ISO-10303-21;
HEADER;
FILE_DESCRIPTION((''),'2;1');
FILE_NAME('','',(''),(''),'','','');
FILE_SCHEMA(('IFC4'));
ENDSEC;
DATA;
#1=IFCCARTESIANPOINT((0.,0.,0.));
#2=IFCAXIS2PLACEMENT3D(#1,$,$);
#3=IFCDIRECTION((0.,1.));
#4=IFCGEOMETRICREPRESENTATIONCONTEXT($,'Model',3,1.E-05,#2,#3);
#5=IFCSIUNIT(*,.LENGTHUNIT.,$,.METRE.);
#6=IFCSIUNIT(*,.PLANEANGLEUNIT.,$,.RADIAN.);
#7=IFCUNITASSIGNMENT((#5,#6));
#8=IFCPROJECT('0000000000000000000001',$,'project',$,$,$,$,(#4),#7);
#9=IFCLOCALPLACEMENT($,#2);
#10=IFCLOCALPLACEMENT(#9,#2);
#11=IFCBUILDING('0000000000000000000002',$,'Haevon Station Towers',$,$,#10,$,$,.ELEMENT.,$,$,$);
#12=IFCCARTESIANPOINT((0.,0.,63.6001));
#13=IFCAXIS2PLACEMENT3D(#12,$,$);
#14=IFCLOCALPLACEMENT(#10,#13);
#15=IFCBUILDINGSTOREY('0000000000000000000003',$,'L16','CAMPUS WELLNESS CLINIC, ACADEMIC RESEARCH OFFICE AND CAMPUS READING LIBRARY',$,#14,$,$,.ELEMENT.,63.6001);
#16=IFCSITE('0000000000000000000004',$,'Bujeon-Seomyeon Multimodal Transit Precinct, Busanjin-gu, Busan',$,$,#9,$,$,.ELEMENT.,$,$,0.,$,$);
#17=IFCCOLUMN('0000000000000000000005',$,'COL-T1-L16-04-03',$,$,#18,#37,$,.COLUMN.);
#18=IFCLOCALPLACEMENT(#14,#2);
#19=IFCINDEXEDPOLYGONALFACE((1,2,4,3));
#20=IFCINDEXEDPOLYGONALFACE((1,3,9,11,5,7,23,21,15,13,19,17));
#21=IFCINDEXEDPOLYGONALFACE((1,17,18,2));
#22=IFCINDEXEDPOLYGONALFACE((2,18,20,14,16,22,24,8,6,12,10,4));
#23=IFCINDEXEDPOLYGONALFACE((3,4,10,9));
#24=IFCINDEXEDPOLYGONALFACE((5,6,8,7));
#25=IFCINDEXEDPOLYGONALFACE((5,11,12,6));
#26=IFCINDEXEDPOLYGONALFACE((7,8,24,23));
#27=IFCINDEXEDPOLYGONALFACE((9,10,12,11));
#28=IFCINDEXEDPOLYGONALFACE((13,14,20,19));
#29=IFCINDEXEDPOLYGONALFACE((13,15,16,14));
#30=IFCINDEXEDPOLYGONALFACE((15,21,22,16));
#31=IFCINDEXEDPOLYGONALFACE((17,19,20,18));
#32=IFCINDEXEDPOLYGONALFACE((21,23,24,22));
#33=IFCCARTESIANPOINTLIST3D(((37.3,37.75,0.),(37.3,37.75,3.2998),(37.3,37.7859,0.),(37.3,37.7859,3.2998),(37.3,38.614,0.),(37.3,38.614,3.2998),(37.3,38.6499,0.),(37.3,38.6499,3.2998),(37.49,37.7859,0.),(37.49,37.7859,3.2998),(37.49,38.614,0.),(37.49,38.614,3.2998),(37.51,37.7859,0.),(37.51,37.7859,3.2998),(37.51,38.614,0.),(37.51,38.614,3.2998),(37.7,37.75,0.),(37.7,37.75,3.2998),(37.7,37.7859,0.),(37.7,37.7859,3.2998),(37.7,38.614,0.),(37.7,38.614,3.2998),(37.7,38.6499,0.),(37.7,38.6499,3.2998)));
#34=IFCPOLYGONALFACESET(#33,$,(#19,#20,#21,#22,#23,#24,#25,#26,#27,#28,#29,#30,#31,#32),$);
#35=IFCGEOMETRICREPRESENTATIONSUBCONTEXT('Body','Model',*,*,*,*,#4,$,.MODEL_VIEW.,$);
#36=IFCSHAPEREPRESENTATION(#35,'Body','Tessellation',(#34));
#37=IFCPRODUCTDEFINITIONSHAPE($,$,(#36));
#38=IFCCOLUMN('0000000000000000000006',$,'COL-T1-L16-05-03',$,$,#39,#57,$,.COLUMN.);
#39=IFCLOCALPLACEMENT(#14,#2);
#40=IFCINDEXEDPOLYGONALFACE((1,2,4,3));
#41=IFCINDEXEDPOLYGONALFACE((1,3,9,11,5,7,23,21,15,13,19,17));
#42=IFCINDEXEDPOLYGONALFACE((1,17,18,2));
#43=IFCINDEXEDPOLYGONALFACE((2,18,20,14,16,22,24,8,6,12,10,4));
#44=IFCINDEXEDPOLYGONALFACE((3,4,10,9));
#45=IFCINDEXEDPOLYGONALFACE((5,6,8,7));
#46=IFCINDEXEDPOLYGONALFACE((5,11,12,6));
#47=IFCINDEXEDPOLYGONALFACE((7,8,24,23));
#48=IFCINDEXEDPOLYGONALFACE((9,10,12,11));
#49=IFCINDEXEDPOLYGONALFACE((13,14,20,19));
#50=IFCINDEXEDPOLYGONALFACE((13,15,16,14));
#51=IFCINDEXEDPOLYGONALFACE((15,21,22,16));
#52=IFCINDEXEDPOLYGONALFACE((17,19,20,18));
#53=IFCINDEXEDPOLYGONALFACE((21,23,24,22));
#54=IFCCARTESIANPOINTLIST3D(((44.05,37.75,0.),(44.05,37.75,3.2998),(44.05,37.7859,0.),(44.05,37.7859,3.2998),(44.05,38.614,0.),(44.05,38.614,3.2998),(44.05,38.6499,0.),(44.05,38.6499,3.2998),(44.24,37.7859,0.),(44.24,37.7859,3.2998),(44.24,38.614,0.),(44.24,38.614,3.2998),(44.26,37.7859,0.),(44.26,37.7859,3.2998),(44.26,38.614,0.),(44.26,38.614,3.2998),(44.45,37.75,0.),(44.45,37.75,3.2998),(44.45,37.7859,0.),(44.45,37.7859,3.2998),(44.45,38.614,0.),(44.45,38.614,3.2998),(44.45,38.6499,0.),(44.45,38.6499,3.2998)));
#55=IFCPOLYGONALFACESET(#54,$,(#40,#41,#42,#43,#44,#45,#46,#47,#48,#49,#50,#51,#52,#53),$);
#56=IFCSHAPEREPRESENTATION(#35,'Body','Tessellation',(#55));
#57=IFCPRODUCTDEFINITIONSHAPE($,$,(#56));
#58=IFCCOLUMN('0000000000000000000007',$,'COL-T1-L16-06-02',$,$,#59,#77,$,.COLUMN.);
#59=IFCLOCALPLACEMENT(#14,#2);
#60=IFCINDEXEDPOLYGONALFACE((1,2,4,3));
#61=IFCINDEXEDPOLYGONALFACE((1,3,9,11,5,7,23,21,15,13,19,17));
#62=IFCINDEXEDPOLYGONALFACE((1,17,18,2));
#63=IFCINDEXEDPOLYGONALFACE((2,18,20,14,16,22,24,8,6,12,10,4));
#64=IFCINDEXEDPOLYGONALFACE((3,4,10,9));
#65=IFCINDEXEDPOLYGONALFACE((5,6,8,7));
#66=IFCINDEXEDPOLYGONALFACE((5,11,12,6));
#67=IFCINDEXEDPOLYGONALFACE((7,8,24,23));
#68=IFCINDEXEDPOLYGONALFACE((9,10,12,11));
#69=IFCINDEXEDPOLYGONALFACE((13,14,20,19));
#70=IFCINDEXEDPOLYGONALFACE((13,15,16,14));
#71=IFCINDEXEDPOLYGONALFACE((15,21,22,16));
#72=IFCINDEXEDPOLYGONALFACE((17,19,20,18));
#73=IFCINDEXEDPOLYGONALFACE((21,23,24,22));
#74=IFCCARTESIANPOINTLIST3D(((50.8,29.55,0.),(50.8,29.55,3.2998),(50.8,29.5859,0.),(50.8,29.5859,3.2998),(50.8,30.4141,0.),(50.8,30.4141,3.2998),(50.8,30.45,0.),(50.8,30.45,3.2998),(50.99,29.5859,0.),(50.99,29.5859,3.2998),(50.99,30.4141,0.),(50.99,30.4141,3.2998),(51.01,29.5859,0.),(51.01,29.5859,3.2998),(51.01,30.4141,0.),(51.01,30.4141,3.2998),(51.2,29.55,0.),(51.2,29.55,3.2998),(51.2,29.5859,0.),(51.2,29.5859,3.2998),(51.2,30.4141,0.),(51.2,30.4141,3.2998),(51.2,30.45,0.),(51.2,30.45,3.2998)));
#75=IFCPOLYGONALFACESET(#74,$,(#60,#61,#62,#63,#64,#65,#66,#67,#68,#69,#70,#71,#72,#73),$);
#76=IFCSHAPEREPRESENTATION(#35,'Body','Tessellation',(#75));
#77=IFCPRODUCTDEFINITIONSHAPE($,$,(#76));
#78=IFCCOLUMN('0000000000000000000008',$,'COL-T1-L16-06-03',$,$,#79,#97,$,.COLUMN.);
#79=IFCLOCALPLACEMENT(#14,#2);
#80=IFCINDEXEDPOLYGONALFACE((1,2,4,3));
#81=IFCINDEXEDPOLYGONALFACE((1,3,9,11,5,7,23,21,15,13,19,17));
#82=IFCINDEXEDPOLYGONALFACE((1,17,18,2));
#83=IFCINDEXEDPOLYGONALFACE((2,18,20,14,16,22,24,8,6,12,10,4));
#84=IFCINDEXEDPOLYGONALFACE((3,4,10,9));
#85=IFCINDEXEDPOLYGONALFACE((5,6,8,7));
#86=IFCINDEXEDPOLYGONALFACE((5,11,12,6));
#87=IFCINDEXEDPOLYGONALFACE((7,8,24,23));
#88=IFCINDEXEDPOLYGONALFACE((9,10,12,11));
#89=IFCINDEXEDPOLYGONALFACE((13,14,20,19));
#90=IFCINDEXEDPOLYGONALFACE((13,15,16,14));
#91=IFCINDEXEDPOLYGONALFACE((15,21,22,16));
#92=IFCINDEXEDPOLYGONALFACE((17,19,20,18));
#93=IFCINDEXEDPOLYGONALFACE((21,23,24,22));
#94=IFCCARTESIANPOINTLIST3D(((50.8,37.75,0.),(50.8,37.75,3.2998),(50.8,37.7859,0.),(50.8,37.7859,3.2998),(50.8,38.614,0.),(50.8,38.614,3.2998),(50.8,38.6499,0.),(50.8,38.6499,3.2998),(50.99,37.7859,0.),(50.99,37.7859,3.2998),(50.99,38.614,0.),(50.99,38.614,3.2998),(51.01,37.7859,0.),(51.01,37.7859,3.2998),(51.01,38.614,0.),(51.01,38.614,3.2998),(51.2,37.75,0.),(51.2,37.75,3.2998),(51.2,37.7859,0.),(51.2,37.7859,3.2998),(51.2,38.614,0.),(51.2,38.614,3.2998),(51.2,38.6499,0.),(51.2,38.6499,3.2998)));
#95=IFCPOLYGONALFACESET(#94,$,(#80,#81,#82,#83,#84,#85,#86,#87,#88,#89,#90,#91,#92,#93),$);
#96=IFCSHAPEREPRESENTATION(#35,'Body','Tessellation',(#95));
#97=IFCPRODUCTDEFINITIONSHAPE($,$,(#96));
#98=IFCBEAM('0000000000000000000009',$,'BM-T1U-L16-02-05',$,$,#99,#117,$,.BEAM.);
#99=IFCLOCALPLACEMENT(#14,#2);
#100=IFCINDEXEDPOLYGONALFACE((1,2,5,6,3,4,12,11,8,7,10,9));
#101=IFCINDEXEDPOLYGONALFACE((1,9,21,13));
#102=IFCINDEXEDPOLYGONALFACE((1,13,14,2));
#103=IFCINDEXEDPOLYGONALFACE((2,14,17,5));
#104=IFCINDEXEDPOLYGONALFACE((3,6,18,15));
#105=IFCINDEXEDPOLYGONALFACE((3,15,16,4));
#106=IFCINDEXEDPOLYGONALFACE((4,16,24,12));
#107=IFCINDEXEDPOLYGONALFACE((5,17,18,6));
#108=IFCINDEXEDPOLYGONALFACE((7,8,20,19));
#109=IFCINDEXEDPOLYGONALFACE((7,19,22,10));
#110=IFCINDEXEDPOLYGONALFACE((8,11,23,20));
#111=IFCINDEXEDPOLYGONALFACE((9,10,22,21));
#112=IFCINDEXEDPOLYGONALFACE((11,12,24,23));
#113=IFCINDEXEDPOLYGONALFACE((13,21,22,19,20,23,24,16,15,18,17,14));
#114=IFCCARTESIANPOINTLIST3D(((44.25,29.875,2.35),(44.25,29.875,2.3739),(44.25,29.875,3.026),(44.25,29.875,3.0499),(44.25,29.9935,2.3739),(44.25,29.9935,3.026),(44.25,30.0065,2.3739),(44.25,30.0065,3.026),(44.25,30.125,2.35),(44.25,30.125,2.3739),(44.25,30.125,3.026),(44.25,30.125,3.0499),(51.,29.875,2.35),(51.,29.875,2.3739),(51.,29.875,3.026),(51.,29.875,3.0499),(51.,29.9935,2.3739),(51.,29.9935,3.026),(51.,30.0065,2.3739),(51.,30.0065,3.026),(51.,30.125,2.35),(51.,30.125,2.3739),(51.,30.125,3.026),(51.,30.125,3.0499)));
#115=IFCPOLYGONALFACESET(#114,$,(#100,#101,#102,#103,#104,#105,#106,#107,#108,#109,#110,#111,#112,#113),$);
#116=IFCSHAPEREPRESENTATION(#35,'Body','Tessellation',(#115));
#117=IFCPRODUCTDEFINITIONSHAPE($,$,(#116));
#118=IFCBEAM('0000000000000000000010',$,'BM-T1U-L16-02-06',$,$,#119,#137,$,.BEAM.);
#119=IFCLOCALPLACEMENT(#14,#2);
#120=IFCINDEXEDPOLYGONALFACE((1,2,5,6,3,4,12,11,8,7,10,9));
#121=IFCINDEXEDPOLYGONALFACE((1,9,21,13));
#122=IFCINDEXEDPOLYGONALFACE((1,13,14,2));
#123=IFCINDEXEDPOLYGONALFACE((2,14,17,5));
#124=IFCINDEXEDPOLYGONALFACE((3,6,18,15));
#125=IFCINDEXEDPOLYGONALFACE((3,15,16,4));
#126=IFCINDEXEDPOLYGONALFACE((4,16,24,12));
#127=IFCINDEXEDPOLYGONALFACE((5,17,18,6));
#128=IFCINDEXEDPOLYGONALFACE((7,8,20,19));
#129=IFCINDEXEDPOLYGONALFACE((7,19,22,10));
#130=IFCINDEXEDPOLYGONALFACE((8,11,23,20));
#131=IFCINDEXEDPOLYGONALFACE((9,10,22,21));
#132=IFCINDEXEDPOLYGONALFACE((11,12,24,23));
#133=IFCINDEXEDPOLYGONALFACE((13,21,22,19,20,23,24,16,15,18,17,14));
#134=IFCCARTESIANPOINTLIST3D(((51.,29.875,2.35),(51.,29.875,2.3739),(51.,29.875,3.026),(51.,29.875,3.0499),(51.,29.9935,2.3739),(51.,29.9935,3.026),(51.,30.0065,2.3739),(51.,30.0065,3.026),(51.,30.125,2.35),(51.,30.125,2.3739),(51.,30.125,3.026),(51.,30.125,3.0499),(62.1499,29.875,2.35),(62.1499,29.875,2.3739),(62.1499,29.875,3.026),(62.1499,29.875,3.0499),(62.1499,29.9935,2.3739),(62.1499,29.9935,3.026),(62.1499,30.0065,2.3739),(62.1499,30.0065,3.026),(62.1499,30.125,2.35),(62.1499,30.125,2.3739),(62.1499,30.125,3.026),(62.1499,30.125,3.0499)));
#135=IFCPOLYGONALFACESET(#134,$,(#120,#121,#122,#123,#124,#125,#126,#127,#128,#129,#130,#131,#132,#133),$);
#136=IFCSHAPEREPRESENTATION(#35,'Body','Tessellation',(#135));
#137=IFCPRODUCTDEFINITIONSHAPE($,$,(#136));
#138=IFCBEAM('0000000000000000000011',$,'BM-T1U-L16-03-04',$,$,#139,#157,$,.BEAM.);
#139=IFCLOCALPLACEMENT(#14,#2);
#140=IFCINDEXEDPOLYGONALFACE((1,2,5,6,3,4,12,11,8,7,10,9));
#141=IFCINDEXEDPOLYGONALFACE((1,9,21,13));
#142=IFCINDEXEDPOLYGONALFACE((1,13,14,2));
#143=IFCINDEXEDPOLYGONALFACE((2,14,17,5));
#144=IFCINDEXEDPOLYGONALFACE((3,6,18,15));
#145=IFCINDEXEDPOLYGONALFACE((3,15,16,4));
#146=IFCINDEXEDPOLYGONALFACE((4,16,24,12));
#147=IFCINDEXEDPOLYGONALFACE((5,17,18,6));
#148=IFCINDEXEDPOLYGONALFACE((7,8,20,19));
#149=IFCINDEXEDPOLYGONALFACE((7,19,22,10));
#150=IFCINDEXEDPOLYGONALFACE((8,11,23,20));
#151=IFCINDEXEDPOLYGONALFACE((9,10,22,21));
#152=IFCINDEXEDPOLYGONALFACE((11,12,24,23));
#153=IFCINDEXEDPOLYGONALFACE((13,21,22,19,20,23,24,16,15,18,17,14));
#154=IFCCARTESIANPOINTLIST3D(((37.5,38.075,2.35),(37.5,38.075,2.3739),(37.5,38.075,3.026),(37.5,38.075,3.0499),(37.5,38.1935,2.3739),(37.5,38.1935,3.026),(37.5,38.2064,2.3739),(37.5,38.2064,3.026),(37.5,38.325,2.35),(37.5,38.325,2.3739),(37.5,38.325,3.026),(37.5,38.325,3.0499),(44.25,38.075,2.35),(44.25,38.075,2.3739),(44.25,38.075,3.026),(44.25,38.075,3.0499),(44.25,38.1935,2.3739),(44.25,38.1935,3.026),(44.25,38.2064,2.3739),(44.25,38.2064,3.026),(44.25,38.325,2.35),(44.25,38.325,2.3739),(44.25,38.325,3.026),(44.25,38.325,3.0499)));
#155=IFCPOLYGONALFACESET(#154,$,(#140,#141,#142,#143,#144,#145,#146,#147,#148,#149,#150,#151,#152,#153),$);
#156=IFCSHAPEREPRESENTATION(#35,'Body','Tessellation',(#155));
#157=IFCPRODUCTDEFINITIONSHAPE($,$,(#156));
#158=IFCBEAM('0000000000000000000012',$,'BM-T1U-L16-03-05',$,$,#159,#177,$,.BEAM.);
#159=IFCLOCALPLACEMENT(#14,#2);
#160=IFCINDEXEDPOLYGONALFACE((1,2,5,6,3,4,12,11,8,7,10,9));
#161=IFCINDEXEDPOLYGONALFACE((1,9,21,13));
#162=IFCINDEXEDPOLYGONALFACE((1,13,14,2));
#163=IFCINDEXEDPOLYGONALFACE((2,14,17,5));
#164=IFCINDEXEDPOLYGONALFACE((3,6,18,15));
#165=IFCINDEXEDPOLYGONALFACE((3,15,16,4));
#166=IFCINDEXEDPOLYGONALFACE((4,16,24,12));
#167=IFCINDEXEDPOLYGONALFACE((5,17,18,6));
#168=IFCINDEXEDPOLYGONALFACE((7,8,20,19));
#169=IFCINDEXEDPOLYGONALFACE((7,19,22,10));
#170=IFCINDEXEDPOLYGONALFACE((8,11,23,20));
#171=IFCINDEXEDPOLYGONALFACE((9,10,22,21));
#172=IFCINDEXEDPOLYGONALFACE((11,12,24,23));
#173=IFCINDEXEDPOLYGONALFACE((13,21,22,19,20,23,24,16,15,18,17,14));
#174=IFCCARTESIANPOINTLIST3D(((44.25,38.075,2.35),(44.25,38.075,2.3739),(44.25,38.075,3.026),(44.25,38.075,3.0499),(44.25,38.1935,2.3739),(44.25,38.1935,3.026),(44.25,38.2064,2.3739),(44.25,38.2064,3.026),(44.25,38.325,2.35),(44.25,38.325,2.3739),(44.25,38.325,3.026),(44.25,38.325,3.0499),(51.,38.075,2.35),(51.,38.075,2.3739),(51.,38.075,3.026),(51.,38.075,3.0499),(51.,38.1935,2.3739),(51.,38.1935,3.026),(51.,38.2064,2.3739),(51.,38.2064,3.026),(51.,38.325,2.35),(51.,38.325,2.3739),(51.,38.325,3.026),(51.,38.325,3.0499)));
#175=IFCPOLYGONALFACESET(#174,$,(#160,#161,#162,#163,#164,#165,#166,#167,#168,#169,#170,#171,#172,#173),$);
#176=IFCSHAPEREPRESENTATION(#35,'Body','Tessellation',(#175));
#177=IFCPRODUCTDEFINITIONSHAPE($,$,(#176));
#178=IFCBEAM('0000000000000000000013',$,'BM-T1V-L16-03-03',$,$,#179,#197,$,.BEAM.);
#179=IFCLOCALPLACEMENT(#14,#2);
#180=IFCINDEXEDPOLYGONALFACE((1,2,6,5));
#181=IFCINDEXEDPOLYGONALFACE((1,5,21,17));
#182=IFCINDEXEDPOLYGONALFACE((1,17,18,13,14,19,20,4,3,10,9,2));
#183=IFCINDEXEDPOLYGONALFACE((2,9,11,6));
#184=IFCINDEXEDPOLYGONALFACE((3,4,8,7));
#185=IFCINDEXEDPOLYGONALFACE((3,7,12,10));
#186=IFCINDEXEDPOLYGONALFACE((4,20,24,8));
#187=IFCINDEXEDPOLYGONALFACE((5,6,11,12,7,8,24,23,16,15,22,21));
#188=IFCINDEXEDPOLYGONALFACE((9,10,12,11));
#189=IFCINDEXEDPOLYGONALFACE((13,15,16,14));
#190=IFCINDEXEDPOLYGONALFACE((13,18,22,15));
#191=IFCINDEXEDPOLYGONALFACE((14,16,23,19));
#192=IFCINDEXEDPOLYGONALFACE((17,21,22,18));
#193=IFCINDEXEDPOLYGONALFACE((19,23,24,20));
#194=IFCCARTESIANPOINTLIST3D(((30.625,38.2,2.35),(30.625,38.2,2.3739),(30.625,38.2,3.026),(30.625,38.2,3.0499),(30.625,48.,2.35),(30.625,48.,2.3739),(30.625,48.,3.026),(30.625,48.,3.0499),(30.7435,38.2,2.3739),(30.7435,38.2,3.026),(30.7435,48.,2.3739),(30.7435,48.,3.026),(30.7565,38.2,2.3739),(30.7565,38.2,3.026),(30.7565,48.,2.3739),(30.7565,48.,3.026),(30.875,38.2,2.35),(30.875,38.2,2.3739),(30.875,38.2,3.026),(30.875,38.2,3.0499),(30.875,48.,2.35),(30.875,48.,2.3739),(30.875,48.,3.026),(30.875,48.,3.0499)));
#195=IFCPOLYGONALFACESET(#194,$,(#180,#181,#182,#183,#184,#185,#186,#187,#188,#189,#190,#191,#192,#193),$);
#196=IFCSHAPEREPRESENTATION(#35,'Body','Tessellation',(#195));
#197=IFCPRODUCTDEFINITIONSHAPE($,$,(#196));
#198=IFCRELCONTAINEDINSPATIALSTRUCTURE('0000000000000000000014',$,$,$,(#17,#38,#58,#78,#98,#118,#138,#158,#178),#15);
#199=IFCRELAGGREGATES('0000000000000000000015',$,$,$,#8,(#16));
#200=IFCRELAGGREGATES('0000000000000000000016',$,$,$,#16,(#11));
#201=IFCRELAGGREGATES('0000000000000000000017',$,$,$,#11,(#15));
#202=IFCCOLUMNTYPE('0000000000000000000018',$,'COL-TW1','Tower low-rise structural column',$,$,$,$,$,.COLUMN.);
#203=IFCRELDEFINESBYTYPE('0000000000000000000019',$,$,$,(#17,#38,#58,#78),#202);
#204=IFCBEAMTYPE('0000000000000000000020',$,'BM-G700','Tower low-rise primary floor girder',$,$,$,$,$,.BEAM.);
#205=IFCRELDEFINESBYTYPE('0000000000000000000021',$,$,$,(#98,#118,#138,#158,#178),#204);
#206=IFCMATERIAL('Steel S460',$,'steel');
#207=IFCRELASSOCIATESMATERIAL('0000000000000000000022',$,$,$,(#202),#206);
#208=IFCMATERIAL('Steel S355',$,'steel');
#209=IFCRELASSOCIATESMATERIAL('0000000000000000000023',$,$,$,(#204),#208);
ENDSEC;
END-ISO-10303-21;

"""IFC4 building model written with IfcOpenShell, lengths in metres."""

from ifc_helpers import new_model, si_unit, direction, frame, origin, origin_2d, place, context, subcontext, project, spatial, i_section, extrude, material, material_profile, profile_set, type_object, element, save


model = new_model("IFC4")

# Units and contexts
model_context = context("Model", 3, precision=1e-05, world=origin(), true_north=direction((0.0, 1.0)))
body_context = subcontext(model_context, "Body", "Model", "MODEL_VIEW")
ifc_project = project(units=[si_unit("LENGTHUNIT", "METRE"), si_unit("PLANEANGLEUNIT", "RADIAN")], contexts=[model_context])

# Site, building, storey
site_placement = place(None, origin())
site = spatial("IfcSite", under=ifc_project, at=site_placement, Name="Bujeon-Seomyeon Multimodal Transit Precinct, Busanjin-gu, Busan", CompositionType="ELEMENT", RefElevation=0.0)
building_placement = place(site_placement, origin())
building = spatial("IfcBuilding", under=site, at=building_placement, Name="Haevon Station Towers", CompositionType="ELEMENT")
storey_placement = place(building_placement, frame((0.0, 0.0, 63.6001)))
storey = spatial("IfcBuildingStorey", under=building, at=storey_placement, Name="L16", Description="CAMPUS WELLNESS CLINIC, ACADEMIC RESEARCH OFFICE AND CAMPUS READING LIBRARY", CompositionType="ELEMENT", Elevation=63.6001)

# Columns
ifc_material_1 = material(Name="Steel S460", Category="steel")
ifc_material_profile_1 = material_profile(ifc_material_1, i_section(OverallWidth=0.3999, OverallDepth=0.8999, WebThickness=0.02, FlangeThickness=0.0359, at=origin_2d()), Name="H-900x400x20x36")
ifc_profile_set_1 = profile_set([ifc_material_profile_1], Name="Steel S460")
column_type = type_object("IfcColumnType", Name="COL-TW1", Description="Tower low-rise structural column", PredefinedType="COLUMN", material=ifc_profile_set_1)
for number, where, z_axis, x_axis, name in (
    (1, (37.5, 38.2, 0.0), (0.0, 0.0, 1.0), (1.0, 0.0, 0.0), "COL-T1-L16-04-03"),
    (2, (44.25, 38.2, 0.0), (0.0, 0.0, 1.0), (1.0, 0.0, 0.0), "COL-T1-L16-05-03"),
    (3, (51.0, 30.0, 0.0), (0.0, 0.0, 1.0), (1.0, 0.0, 0.0), "COL-T1-L16-06-02"),
    (4, (51.0, 38.2, 0.0), (0.0, 0.0, 1.0), (1.0, 0.0, 0.0), "COL-T1-L16-06-03"),
):
    element("IfcColumn", number, at=place(storey_placement, frame(where, z_axis=z_axis, x_axis=x_axis)), inside=storey, type_object=column_type, Name=name, PredefinedType="COLUMN", context=body_context, shape_type="SweptSolid", body=[
        extrude(i_section(OverallWidth=0.3999, OverallDepth=0.8999, WebThickness=0.02, FlangeThickness=0.0359, at=origin_2d()), origin(), (0.0, 0.0, 1.0), 3.2998),
    ])

# Beams
ifc_material_2 = material(Name="Steel S355", Category="steel")
ifc_material_profile_2 = material_profile(ifc_material_2, i_section(OverallWidth=0.25, OverallDepth=0.7, WebThickness=0.0129, FlangeThickness=0.0239, at=origin_2d()), Name="H-700x250x13x24")
ifc_profile_set_2 = profile_set([ifc_material_profile_2], Name="Steel S355")
beam_type_1 = type_object("IfcBeamType", Name="BM-G700", Description="Tower low-rise primary floor girder", PredefinedType="BEAM", material=ifc_profile_set_2)
beam_1_placement = place(storey_placement, frame((44.25, 30.0, 2.7), z_axis=(1.0, 0.0, 0.0), x_axis=(0.0, 1.0, 0.0)))
element("IfcBeam", 5, at=beam_1_placement, inside=storey, type_object=beam_type_1, Name="BM-T1U-L16-02-05", PredefinedType="BEAM", context=body_context, shape_type="SweptSolid", body=[
    extrude(i_section(OverallWidth=0.25, OverallDepth=0.7, WebThickness=0.0129, FlangeThickness=0.0239, at=origin_2d()), origin(), (0.0, 0.0, 1.0), 6.75),
])
beam_2_placement = place(storey_placement, frame((51.0, 30.0, 2.7), z_axis=(1.0, 0.0, 0.0), x_axis=(0.0, 1.0, 0.0)))
element("IfcBeam", 6, at=beam_2_placement, inside=storey, type_object=beam_type_1, Name="BM-T1U-L16-02-06", PredefinedType="BEAM", context=body_context, shape_type="SweptSolid", body=[
    extrude(i_section(OverallWidth=0.25, OverallDepth=0.7, WebThickness=0.0129, FlangeThickness=0.0239, at=origin_2d()), origin(), (0.0, 0.0, 1.0), 11.1499),
])
for number, where, z_axis, x_axis, name in (
    (7, (37.5, 38.2, 2.7), (1.0, 0.0, 0.0), (0.0, 1.0, 0.0), "BM-T1U-L16-03-04"),
    (8, (44.25, 38.2, 2.7), (1.0, 0.0, 0.0), (0.0, 1.0, 0.0), "BM-T1U-L16-03-05"),
):
    element("IfcBeam", number, at=place(storey_placement, frame(where, z_axis=z_axis, x_axis=x_axis)), inside=storey, type_object=beam_type_1, Name=name, PredefinedType="BEAM", context=body_context, shape_type="SweptSolid", body=[
        extrude(i_section(OverallWidth=0.25, OverallDepth=0.7, WebThickness=0.0129, FlangeThickness=0.0239, at=origin_2d()), origin(), (0.0, 0.0, 1.0), 6.75),
    ])
beam_3_placement = place(storey_placement, frame((30.75, 38.2, 2.7), z_axis=(0.0, 1.0, 0.0), x_axis=(-1.0, 0.0, 0.0)))
element("IfcBeam", 9, at=beam_3_placement, inside=storey, type_object=beam_type_1, Name="BM-T1V-L16-03-03", PredefinedType="BEAM", context=body_context, shape_type="SweptSolid", body=[
    extrude(i_section(OverallWidth=0.25, OverallDepth=0.7, WebThickness=0.0129, FlangeThickness=0.0239, at=origin_2d()), origin(), (0.0, 0.0, 1.0), 9.8),
])

save(model, "model.ifc")
